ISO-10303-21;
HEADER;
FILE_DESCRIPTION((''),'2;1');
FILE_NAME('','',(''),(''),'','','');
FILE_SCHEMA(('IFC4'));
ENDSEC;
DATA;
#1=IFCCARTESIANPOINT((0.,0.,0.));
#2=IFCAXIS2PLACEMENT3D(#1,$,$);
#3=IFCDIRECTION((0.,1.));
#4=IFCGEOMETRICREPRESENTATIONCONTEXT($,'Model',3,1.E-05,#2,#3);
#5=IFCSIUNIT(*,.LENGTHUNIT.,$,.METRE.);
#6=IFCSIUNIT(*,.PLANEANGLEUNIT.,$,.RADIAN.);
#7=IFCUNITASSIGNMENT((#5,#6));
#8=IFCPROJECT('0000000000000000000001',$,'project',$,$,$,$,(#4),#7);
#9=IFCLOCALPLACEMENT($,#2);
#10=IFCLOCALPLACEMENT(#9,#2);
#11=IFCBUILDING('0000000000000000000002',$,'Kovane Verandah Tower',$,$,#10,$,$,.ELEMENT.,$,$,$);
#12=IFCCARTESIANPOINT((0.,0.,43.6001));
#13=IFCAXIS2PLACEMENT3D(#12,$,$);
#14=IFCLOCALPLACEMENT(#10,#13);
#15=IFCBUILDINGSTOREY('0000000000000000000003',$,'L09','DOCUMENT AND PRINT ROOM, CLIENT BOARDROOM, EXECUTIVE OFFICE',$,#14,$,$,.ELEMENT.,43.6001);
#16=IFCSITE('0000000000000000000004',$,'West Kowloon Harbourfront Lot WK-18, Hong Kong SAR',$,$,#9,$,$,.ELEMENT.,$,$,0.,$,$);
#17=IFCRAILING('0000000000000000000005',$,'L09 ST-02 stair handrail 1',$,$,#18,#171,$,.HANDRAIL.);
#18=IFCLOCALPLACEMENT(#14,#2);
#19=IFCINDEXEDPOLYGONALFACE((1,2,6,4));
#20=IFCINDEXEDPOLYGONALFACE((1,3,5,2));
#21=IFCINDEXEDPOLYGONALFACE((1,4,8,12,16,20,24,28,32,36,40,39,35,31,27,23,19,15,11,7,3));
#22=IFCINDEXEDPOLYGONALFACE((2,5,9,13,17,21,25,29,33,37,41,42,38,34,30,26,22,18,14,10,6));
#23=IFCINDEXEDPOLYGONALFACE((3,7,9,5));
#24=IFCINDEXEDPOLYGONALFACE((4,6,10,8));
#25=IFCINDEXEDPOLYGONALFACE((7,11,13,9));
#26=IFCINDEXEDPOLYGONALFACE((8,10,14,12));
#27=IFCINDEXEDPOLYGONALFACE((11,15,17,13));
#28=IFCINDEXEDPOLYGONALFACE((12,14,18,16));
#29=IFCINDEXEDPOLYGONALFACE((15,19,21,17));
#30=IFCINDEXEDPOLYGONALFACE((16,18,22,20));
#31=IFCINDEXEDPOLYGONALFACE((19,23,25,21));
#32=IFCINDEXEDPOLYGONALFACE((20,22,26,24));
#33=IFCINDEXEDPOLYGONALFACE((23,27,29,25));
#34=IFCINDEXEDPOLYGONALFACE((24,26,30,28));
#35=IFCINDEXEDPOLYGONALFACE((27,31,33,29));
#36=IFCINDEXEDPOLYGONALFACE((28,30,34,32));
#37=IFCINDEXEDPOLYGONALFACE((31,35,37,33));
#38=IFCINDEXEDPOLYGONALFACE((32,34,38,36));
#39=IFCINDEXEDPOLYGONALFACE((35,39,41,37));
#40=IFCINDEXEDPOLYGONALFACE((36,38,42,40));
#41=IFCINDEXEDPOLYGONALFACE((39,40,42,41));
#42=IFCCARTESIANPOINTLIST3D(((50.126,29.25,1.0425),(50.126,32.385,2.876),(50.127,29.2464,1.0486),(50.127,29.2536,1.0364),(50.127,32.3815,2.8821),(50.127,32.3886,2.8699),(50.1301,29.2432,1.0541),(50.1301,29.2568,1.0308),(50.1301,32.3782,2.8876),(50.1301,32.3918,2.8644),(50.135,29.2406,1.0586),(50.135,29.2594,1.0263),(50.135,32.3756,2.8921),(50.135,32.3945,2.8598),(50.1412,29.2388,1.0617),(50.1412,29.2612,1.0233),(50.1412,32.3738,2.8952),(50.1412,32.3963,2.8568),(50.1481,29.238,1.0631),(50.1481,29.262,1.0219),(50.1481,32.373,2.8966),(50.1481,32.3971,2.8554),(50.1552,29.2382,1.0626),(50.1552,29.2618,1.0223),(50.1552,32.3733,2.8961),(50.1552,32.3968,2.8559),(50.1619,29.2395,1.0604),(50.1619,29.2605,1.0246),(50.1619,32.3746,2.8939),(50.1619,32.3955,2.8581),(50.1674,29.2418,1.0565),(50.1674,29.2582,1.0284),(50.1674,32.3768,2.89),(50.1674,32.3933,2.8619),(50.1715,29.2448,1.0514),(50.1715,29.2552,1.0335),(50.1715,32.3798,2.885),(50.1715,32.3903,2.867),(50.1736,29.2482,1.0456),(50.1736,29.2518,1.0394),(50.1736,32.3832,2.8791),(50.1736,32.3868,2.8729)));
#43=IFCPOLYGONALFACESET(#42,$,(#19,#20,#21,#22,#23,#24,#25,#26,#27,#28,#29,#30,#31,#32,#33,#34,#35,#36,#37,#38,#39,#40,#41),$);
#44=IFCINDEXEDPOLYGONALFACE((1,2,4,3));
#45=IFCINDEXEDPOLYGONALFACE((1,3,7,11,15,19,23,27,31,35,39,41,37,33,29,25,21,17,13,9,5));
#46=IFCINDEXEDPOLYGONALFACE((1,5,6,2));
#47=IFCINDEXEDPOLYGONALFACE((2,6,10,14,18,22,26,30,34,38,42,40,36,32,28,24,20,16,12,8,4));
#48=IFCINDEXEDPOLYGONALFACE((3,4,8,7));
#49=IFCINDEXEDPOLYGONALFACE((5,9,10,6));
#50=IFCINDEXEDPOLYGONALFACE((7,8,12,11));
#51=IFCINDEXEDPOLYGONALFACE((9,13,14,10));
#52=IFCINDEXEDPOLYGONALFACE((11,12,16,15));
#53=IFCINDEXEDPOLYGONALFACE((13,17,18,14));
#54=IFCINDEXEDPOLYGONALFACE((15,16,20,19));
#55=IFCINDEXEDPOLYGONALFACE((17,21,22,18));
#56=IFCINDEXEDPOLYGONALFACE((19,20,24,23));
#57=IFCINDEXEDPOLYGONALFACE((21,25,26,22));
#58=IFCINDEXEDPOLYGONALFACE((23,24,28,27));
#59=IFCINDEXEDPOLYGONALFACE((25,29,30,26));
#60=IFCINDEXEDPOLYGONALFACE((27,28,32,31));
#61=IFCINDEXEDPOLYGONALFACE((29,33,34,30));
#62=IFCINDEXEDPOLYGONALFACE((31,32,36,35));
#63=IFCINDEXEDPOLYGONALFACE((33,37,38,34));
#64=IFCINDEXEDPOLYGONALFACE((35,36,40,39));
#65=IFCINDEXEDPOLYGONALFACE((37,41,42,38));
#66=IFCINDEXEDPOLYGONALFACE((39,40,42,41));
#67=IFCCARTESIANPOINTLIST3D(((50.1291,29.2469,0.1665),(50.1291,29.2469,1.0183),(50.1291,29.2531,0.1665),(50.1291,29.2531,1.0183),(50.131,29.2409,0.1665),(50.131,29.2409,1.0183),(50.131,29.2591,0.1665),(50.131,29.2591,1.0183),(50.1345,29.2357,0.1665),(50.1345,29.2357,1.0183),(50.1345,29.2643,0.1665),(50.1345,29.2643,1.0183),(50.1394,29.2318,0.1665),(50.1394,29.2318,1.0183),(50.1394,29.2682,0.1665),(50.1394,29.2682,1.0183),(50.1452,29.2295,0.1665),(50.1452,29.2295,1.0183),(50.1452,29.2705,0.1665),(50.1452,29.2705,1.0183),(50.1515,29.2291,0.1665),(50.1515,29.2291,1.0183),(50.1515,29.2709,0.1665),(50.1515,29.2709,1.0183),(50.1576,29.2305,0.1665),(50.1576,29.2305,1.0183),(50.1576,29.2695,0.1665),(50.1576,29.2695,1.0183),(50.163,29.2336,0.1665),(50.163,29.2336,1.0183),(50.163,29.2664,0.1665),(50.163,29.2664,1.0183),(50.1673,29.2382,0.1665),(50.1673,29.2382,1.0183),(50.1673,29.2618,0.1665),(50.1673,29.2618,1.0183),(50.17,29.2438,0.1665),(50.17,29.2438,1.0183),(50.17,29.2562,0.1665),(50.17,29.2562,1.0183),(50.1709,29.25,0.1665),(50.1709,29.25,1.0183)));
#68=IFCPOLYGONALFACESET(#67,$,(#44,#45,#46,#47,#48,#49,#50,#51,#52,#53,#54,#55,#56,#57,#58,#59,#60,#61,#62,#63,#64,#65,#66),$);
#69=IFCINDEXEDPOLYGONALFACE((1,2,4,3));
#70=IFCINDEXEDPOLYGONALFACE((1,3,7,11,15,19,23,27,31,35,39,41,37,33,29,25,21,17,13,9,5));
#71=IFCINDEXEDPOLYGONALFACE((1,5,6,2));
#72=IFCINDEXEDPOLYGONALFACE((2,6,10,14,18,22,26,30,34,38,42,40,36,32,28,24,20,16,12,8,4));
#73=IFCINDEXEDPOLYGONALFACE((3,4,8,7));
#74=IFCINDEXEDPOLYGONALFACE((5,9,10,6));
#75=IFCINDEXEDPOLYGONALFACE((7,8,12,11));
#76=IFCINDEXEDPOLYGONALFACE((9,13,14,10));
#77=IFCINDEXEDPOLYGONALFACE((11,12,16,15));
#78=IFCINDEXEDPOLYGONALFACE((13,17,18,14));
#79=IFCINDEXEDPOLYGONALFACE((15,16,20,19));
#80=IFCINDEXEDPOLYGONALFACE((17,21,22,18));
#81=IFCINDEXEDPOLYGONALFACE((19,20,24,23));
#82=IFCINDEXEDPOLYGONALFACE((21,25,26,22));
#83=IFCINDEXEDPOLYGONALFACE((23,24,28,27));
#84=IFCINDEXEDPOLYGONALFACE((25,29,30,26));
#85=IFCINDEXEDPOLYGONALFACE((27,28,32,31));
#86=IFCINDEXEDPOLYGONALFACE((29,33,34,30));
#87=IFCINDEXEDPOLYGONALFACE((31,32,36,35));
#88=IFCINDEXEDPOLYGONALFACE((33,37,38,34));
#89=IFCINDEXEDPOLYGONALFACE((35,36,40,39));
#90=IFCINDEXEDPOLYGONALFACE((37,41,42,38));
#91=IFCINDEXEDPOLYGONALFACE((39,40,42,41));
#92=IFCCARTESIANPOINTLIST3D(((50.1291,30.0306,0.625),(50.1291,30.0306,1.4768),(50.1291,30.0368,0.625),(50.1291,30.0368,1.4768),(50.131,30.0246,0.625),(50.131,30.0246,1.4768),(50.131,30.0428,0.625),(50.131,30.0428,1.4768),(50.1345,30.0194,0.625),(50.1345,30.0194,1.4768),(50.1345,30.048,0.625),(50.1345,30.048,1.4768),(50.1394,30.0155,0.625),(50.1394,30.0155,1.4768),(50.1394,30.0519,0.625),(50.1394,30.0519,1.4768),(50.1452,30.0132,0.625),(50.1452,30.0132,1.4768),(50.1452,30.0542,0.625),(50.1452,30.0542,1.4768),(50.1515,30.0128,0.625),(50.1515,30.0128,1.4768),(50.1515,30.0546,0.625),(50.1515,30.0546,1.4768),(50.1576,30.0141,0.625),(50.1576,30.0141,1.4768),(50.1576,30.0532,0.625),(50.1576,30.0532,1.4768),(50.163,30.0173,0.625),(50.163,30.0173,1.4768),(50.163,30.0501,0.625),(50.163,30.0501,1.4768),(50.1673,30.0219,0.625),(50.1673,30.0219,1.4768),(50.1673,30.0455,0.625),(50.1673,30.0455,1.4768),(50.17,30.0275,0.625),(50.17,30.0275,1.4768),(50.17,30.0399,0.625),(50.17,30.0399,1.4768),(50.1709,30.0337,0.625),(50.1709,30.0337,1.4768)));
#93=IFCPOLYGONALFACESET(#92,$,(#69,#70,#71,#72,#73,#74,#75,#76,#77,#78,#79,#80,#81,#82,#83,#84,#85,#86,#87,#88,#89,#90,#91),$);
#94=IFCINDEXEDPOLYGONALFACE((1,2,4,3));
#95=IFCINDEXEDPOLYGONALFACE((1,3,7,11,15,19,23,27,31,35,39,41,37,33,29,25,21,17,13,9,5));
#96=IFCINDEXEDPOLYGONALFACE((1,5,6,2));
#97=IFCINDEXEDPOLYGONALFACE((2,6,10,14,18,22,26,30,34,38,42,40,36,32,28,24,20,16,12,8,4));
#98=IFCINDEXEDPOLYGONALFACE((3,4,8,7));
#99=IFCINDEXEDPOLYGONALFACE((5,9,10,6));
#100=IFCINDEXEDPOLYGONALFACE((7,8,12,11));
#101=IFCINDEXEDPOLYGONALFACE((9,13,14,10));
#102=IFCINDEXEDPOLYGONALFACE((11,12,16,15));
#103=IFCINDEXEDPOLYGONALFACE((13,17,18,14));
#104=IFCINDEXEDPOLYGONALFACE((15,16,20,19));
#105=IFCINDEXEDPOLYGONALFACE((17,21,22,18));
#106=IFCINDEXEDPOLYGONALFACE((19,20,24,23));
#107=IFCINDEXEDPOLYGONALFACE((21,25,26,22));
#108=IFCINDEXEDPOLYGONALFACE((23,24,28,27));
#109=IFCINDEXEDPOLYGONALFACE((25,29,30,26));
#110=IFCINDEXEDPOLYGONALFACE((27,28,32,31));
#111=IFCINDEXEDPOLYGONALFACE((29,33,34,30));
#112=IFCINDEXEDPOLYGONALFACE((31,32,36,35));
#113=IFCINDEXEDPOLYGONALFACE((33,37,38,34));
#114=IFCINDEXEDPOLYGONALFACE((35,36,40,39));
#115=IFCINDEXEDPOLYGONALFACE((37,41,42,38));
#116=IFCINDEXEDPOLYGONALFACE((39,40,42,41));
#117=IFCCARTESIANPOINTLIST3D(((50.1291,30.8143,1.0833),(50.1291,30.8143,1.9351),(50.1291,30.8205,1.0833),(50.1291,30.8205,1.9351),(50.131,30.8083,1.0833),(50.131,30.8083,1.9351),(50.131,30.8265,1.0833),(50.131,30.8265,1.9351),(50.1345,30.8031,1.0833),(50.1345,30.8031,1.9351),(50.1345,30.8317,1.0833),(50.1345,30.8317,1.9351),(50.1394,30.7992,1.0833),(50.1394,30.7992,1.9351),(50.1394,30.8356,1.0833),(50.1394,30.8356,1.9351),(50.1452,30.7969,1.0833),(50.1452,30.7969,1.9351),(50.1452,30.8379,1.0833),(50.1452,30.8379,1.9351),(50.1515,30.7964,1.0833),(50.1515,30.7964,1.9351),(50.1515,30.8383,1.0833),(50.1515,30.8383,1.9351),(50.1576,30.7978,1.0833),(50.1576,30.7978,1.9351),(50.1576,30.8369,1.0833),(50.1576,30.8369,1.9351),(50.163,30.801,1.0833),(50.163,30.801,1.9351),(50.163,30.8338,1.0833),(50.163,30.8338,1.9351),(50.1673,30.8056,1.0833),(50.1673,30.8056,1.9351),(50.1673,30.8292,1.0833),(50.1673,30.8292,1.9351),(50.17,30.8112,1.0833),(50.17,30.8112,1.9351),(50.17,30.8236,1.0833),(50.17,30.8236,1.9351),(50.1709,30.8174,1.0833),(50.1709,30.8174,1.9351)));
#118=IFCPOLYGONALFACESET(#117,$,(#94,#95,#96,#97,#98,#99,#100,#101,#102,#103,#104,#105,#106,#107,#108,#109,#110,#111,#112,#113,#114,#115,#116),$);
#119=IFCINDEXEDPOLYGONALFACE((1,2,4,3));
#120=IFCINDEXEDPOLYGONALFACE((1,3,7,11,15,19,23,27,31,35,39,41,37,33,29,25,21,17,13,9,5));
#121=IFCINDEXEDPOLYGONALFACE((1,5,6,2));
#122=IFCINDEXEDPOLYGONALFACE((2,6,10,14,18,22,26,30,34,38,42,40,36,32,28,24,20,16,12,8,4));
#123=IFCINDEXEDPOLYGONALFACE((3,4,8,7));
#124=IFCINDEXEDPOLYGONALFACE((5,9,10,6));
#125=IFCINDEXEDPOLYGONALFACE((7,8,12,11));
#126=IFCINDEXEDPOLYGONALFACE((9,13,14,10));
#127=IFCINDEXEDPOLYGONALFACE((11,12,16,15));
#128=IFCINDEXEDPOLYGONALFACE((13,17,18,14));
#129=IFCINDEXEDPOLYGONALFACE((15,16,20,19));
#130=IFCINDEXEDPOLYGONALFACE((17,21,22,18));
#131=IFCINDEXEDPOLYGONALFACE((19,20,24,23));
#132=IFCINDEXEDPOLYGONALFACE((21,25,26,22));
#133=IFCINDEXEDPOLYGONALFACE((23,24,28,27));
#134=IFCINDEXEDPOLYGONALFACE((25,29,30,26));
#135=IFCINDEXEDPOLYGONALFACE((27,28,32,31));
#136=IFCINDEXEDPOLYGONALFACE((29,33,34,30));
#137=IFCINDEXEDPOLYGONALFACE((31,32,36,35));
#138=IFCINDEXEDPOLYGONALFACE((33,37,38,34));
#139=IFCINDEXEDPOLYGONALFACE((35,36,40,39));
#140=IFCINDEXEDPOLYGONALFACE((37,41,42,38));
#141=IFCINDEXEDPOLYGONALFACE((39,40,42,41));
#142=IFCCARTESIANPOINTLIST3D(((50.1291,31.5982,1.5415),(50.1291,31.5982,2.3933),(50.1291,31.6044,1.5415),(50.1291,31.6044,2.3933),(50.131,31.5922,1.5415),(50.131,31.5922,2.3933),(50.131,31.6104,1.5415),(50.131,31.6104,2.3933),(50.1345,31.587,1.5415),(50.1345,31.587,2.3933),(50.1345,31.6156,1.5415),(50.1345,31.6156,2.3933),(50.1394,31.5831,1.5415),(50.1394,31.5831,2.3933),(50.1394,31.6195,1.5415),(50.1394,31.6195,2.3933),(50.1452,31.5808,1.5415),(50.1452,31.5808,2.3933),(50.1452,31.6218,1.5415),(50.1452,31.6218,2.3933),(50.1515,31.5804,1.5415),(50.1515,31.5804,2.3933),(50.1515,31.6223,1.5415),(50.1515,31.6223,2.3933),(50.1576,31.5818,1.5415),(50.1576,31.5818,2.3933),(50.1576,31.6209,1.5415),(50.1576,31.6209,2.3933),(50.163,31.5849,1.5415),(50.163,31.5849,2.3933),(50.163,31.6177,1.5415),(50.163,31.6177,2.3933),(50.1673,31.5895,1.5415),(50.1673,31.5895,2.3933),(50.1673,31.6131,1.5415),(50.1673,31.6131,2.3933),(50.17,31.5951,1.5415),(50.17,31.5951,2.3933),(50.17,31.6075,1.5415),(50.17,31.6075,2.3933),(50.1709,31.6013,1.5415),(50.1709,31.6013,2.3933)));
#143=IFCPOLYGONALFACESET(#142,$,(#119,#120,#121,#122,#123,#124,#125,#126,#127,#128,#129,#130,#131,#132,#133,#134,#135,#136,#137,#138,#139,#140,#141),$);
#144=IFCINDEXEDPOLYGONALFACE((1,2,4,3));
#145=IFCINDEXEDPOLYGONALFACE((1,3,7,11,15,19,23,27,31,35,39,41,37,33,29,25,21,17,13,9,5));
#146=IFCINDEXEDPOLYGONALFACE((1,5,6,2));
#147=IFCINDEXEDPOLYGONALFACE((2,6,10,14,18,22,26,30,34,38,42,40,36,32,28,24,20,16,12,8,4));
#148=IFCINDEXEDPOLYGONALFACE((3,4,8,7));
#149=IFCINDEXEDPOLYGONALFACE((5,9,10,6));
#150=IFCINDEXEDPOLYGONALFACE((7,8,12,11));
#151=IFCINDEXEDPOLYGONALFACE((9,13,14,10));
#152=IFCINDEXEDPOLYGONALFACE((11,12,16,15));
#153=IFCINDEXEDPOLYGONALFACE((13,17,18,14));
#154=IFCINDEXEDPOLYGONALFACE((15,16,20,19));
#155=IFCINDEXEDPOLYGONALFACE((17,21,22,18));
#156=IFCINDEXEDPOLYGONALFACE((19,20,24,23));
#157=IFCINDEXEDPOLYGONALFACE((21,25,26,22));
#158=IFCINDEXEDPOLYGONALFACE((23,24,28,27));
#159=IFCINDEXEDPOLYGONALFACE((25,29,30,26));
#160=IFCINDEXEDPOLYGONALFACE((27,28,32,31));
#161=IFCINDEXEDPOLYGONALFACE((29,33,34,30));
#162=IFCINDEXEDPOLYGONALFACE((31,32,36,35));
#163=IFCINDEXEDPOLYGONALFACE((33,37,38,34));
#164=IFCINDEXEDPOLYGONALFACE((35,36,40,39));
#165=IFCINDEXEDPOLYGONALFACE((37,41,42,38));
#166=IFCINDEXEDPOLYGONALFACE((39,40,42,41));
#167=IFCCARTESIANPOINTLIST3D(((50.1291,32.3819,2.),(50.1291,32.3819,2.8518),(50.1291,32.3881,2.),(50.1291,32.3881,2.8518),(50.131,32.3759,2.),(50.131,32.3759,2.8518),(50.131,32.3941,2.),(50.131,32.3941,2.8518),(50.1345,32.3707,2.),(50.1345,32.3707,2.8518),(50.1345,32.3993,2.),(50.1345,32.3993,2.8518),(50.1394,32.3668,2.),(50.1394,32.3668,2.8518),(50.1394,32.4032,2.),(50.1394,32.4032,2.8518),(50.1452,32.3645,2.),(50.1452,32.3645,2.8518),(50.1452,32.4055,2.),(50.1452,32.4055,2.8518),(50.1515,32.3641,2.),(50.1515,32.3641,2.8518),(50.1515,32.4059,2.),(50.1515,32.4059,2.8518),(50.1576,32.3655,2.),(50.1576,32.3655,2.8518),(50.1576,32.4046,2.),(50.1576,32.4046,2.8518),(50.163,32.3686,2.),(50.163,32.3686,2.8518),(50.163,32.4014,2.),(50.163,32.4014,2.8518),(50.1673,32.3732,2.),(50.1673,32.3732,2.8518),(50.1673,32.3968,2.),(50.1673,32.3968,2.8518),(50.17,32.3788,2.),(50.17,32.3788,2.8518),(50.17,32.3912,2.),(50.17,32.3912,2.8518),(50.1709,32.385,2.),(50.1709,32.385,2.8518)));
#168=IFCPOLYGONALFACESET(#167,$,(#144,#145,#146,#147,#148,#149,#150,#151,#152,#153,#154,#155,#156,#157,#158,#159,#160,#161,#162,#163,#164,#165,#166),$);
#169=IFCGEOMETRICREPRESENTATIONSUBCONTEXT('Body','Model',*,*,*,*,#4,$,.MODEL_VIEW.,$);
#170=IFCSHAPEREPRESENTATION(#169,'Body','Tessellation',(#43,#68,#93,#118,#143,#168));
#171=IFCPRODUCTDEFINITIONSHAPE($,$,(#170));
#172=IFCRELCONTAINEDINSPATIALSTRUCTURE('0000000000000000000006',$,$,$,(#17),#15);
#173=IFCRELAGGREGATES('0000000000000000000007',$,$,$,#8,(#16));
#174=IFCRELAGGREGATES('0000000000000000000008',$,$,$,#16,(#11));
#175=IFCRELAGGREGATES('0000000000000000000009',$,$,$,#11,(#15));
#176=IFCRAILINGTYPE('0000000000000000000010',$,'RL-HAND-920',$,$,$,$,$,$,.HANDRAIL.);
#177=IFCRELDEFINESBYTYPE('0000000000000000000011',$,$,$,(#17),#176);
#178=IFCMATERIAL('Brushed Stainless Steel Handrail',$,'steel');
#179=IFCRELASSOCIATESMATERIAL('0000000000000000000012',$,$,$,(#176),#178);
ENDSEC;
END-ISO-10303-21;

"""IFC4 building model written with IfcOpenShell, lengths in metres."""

from ifc_helpers import new_model, si_unit, direction, frame, origin, origin_2d, place, context, subcontext, project, spatial, circle, extrude, material, type_object, element, save


model = new_model("IFC4")

# Units and contexts
model_context = context("Model", 3, precision=1e-05, world=origin(), true_north=direction((0.0, 1.0)))
body_context = subcontext(model_context, "Body", "Model", "MODEL_VIEW")
ifc_project = project(units=[si_unit("LENGTHUNIT", "METRE"), si_unit("PLANEANGLEUNIT", "RADIAN")], contexts=[model_context])

# Site, building, storey
site_placement = place(None, origin())
site = spatial("IfcSite", under=ifc_project, at=site_placement, Name="West Kowloon Harbourfront Lot WK-18, Hong Kong SAR", CompositionType="ELEMENT", RefElevation=0.0)
building_placement = place(site_placement, origin())
building = spatial("IfcBuilding", under=site, at=building_placement, Name="Kovane Verandah Tower", CompositionType="ELEMENT")
storey_placement = place(building_placement, frame((0.0, 0.0, 43.6001)))
storey = spatial("IfcBuildingStorey", under=building, at=storey_placement, Name="L09", Description="DOCUMENT AND PRINT ROOM, CLIENT BOARDROOM, EXECUTIVE OFFICE", CompositionType="ELEMENT", Elevation=43.6001)

# Railing
ifc_material_1 = material(Name="Brushed Stainless Steel Handrail", Category="steel")
railing_type_1 = type_object("IfcRailingType", Name="RL-HAND-920", PredefinedType="HANDRAIL", material=ifc_material_1)
railing_1_placement = place(storey_placement, frame((50.1499, 29.25, 0.1665)))
element("IfcRailing", 1, at=railing_1_placement, inside=storey, type_object=railing_type_1, Name="L09 ST-02 stair handrail 1", PredefinedType="HANDRAIL", context=body_context, shape_type="SweptSolid", body=[
    extrude(circle(Radius=0.0239, at=origin_2d()), frame((0.0, 0.0, 0.876), z_axis=(0.0, 0.86321, 0.504845), x_axis=(-1.0, 0.0, 0.0)), (0.0, 0.0, 1.0), 3.6318),
    extrude(circle(Radius=0.021, at=origin_2d()), origin(), (0.0, 0.0, 1.0), 0.8518),
    extrude(circle(Radius=0.021, at=origin_2d()), frame((0.0, 0.7837, 0.4585)), (0.0, 0.0, 1.0), 0.8518),
    extrude(circle(Radius=0.021, at=origin_2d()), frame((0.0, 1.5674, 0.9167)), (0.0, 0.0, 1.0), 0.8518),
    extrude(circle(Radius=0.021, at=origin_2d()), frame((0.0, 2.3513, 1.375)), (0.0, 0.0, 1.0), 0.8518),
    extrude(circle(Radius=0.021, at=origin_2d()), frame((0.0, 3.135, 1.8335)), (0.0, 0.0, 1.0), 0.8518),
])

save(model, "model.ifc")
